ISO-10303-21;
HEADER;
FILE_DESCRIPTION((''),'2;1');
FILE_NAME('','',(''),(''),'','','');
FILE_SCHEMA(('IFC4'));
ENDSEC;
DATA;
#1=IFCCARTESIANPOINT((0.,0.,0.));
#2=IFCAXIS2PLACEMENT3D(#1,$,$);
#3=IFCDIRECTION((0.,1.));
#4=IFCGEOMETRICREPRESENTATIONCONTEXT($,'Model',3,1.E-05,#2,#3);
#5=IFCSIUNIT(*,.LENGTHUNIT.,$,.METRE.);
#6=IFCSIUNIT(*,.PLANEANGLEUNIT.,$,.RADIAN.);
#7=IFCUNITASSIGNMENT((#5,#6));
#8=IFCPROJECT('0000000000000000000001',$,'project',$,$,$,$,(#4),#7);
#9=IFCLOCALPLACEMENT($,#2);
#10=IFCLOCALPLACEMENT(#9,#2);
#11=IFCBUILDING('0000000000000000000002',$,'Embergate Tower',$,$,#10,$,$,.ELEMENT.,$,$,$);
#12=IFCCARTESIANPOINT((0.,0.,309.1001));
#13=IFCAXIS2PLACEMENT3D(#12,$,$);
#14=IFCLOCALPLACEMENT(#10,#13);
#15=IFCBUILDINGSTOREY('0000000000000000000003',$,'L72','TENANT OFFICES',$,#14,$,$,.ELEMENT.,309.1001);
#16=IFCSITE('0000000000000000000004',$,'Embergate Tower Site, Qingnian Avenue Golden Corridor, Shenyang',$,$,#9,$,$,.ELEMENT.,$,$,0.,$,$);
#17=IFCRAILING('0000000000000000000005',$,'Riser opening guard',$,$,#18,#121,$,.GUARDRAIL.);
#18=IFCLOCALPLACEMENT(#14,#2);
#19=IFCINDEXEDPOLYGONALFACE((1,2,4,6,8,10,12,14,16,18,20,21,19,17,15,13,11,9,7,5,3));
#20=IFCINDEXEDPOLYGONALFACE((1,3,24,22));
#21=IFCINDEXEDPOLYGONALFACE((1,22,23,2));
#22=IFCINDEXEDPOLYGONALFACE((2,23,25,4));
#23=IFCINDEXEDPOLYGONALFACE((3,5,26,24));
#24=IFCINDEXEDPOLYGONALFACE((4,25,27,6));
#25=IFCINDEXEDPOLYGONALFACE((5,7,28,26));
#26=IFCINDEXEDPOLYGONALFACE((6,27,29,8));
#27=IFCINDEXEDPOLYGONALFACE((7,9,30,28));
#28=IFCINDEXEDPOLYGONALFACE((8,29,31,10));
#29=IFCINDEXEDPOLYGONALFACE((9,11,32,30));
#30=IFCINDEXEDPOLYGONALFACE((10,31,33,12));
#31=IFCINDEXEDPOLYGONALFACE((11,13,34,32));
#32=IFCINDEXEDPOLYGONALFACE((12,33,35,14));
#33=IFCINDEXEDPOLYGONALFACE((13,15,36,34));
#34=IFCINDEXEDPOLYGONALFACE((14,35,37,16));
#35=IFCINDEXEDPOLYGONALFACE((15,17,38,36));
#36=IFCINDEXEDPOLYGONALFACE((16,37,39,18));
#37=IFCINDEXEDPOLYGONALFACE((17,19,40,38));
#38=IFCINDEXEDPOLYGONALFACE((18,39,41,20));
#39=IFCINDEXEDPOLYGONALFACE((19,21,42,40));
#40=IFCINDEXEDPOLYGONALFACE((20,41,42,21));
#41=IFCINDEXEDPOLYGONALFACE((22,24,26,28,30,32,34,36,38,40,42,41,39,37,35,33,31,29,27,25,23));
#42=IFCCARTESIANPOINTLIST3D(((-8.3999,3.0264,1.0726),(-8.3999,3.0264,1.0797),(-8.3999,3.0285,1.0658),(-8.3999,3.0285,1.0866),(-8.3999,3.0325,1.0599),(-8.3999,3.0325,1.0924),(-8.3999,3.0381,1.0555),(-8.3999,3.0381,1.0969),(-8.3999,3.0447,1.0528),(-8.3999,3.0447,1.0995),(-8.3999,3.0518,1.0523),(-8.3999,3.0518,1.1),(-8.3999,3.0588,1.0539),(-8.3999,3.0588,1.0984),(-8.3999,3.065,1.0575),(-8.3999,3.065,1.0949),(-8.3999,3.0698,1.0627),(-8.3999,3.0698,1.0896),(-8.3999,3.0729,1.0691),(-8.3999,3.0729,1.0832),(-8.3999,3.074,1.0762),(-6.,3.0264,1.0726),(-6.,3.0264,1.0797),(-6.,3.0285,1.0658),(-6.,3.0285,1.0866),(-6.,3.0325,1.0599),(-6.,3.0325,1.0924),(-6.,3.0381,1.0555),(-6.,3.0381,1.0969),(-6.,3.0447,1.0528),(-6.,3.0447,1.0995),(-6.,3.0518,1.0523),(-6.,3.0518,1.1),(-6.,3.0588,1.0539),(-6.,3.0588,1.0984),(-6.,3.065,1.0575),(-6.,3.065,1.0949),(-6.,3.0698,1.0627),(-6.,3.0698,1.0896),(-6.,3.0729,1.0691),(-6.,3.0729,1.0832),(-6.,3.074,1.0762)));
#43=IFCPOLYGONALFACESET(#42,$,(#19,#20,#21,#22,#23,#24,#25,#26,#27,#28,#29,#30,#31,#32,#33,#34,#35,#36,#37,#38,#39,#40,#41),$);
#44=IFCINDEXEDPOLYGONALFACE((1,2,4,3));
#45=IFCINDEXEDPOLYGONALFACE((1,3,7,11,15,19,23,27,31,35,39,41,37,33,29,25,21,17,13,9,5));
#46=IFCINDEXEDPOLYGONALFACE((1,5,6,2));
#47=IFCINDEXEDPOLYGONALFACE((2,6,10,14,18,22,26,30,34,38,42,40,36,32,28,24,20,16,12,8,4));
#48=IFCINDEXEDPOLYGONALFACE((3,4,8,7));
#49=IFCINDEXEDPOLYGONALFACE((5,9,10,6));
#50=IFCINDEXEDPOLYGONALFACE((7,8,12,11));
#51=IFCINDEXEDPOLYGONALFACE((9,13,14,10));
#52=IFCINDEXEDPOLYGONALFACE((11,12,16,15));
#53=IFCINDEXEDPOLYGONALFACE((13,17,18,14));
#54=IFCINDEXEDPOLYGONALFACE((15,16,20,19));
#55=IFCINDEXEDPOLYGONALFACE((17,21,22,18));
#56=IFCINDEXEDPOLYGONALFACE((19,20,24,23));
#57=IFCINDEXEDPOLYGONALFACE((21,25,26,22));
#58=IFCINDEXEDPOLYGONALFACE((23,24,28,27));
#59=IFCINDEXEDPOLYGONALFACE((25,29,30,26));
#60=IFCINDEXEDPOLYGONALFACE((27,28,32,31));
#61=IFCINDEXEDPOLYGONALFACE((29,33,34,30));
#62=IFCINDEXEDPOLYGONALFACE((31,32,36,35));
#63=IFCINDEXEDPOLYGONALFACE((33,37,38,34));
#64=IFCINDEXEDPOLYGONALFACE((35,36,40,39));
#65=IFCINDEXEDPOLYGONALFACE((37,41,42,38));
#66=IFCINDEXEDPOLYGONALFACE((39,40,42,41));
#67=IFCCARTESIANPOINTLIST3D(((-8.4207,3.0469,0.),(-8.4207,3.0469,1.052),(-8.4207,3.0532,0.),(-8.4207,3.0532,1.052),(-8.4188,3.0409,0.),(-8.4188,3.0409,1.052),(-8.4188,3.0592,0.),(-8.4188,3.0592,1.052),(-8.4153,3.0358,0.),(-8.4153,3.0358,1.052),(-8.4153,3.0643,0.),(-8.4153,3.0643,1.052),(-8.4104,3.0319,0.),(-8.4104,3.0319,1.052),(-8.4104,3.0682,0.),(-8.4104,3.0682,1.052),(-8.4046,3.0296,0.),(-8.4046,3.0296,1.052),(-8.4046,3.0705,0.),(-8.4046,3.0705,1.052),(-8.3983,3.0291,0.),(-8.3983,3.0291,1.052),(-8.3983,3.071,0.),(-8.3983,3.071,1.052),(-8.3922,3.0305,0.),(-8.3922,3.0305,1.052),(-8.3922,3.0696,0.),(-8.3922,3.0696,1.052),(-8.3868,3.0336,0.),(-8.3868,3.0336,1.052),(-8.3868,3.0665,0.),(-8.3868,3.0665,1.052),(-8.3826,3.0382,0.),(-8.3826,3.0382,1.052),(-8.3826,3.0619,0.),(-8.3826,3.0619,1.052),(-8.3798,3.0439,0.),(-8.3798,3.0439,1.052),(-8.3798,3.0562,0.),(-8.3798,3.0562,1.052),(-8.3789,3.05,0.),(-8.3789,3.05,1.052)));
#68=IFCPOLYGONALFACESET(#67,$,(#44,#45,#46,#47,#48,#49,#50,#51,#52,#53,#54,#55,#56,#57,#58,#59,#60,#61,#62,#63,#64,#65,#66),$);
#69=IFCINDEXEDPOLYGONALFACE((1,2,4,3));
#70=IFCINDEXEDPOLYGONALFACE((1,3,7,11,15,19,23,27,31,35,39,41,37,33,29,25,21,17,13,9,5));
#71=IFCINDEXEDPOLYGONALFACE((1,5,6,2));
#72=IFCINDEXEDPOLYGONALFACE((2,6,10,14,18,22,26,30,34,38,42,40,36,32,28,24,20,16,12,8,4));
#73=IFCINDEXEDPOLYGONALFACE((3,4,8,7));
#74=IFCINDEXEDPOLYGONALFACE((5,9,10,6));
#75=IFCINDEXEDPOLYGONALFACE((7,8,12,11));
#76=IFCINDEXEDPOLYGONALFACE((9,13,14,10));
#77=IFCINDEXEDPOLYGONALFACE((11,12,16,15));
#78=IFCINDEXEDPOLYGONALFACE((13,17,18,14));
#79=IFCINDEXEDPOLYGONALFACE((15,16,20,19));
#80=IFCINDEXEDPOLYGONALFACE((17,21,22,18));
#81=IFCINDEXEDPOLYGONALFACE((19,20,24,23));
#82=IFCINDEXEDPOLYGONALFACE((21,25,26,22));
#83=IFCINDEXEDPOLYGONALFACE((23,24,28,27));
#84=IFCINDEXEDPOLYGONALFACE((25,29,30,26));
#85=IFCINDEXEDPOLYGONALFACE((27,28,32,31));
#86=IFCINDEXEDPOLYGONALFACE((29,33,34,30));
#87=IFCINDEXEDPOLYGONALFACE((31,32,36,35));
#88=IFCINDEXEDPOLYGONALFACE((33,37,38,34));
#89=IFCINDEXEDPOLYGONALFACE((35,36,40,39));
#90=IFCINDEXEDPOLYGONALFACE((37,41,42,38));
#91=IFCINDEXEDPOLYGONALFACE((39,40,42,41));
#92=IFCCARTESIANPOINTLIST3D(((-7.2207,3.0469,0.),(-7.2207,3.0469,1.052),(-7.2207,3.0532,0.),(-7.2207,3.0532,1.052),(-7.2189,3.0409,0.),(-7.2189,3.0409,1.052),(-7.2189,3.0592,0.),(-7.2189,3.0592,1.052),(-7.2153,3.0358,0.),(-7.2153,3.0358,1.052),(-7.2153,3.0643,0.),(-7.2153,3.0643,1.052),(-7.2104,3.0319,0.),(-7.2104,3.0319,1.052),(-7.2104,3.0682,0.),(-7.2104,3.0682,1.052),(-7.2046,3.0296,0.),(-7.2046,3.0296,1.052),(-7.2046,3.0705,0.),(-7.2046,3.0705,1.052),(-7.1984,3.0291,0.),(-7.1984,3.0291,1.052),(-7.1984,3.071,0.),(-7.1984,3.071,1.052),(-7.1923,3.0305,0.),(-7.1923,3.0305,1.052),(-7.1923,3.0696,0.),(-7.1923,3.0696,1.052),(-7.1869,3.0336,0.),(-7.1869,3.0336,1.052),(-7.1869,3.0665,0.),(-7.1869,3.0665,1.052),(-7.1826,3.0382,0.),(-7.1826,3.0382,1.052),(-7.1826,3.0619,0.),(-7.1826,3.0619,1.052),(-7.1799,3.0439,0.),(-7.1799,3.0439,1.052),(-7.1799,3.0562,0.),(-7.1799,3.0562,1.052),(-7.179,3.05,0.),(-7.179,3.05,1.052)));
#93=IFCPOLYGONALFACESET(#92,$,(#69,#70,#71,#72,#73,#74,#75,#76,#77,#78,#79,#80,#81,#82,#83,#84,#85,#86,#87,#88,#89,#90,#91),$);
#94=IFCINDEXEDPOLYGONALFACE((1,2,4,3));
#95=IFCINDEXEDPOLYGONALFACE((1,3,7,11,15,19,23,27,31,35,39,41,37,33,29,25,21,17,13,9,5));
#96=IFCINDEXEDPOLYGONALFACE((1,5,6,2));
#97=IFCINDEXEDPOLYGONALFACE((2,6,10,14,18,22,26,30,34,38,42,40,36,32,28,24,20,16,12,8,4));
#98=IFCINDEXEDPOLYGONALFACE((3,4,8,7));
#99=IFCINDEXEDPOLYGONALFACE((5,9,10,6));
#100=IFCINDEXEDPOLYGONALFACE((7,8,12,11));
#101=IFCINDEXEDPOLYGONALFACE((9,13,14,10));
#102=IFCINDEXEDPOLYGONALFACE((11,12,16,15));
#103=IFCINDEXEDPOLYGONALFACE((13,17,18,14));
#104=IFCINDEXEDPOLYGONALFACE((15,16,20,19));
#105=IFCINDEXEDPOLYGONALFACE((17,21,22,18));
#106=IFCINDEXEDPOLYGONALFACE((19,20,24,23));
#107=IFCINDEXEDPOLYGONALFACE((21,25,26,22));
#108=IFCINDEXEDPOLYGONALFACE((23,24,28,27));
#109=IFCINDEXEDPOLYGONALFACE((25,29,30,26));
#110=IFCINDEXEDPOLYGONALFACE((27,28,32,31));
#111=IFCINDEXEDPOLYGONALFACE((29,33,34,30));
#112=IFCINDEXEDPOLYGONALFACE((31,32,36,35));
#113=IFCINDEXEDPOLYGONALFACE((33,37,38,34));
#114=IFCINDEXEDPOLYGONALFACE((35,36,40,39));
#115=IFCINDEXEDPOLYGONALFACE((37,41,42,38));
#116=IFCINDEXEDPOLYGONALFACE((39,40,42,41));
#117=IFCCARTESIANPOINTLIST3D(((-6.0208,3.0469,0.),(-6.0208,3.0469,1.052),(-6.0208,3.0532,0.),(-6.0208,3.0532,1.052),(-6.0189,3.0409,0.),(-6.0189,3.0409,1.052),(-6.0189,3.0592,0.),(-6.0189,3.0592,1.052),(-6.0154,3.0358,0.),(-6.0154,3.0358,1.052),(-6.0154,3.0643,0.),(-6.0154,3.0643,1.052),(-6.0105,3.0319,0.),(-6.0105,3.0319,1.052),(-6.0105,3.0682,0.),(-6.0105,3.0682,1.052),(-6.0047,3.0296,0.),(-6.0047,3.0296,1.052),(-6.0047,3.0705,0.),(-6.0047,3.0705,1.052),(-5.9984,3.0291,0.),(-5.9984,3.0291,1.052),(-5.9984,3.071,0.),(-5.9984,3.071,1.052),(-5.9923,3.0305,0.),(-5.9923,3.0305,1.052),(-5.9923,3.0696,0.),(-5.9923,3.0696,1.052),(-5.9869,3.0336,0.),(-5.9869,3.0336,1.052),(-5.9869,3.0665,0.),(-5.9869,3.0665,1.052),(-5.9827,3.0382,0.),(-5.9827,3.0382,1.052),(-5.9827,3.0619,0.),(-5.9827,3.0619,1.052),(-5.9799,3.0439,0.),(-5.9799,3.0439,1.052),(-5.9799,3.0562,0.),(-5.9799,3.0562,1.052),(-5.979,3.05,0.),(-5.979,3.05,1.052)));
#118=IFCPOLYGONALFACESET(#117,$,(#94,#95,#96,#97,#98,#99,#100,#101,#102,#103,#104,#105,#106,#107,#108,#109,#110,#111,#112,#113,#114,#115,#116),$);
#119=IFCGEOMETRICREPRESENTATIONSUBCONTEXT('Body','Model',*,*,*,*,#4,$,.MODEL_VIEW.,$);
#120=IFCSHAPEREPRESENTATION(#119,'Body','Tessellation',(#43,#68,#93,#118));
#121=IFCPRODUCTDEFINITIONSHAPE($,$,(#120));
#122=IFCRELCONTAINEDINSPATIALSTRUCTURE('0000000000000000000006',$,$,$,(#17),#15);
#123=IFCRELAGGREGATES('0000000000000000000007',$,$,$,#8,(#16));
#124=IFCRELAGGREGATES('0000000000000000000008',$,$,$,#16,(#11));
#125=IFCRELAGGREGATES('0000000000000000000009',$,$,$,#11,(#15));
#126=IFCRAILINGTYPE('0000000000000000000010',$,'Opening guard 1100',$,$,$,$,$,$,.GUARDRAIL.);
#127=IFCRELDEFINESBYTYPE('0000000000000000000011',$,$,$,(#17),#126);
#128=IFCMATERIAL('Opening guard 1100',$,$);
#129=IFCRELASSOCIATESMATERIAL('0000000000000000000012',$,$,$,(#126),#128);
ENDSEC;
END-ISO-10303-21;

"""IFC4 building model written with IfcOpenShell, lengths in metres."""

from ifc_helpers import new_model, si_unit, direction, frame, origin, origin_2d, place, context, subcontext, project, spatial, circle, extrude, source, transform, mapped, material, type_object, element, save


model = new_model("IFC4")

# Units and contexts
model_context = context("Model", 3, precision=1e-05, world=origin(), true_north=direction((0.0, 1.0)))
body_context = subcontext(model_context, "Body", "Model", "MODEL_VIEW")
ifc_project = project(units=[si_unit("LENGTHUNIT", "METRE"), si_unit("PLANEANGLEUNIT", "RADIAN")], contexts=[model_context])

# Site, building, storey
site_placement = place(None, origin())
site = spatial("IfcSite", under=ifc_project, at=site_placement, Name="Embergate Tower Site, Qingnian Avenue Golden Corridor, Shenyang", CompositionType="ELEMENT", RefElevation=0.0)
building_placement = place(site_placement, origin())
building = spatial("IfcBuilding", under=site, at=building_placement, Name="Embergate Tower", CompositionType="ELEMENT")
storey_placement = place(building_placement, frame((0.0, 0.0, 309.1001)))
storey = spatial("IfcBuildingStorey", under=building, at=storey_placement, Name="L72", Description="TENANT OFFICES", CompositionType="ELEMENT", Elevation=309.1001)

# Railing
ifc_material_1 = material(Name="Opening guard 1100")
railing_type = type_object("IfcRailingType", Name="Opening guard 1100", PredefinedType="GUARDRAIL", material=ifc_material_1)
shared_shape_1 = source(origin(), body_context, "Body", "SweptSolid", [
    extrude(circle(Radius=0.0239, at=origin_2d()), frame((0.0, 0.0, 1.0762), z_axis=(1.0, 0.0, 0.0), x_axis=(0.0, 1.0, 0.0)), (0.0, 0.0, 1.0), 2.3999),
    extrude(circle(Radius=0.021, at=origin_2d()), origin(), (0.0, 0.0, 1.0), 1.052),
    extrude(circle(Radius=0.021, at=origin_2d()), frame((1.2, 0.0, 0.0)), (0.0, 0.0, 1.0), 1.052),
    extrude(circle(Radius=0.021, at=origin_2d()), frame((2.3999, 0.0, 0.0)), (0.0, 0.0, 1.0), 1.052),
])
railing_1_placement = place(storey_placement, frame((-8.3999, 3.05, 0.0)))
element("IfcRailing", 1, at=railing_1_placement, inside=storey, type_object=railing_type, Name="Riser opening guard", PredefinedType="GUARDRAIL", context=body_context, shape_type="MappedRepresentation", body=[
    mapped(shared_shape_1, transform((0.0, 0.0, 0.0))),
])

save(model, "model.ifc")
